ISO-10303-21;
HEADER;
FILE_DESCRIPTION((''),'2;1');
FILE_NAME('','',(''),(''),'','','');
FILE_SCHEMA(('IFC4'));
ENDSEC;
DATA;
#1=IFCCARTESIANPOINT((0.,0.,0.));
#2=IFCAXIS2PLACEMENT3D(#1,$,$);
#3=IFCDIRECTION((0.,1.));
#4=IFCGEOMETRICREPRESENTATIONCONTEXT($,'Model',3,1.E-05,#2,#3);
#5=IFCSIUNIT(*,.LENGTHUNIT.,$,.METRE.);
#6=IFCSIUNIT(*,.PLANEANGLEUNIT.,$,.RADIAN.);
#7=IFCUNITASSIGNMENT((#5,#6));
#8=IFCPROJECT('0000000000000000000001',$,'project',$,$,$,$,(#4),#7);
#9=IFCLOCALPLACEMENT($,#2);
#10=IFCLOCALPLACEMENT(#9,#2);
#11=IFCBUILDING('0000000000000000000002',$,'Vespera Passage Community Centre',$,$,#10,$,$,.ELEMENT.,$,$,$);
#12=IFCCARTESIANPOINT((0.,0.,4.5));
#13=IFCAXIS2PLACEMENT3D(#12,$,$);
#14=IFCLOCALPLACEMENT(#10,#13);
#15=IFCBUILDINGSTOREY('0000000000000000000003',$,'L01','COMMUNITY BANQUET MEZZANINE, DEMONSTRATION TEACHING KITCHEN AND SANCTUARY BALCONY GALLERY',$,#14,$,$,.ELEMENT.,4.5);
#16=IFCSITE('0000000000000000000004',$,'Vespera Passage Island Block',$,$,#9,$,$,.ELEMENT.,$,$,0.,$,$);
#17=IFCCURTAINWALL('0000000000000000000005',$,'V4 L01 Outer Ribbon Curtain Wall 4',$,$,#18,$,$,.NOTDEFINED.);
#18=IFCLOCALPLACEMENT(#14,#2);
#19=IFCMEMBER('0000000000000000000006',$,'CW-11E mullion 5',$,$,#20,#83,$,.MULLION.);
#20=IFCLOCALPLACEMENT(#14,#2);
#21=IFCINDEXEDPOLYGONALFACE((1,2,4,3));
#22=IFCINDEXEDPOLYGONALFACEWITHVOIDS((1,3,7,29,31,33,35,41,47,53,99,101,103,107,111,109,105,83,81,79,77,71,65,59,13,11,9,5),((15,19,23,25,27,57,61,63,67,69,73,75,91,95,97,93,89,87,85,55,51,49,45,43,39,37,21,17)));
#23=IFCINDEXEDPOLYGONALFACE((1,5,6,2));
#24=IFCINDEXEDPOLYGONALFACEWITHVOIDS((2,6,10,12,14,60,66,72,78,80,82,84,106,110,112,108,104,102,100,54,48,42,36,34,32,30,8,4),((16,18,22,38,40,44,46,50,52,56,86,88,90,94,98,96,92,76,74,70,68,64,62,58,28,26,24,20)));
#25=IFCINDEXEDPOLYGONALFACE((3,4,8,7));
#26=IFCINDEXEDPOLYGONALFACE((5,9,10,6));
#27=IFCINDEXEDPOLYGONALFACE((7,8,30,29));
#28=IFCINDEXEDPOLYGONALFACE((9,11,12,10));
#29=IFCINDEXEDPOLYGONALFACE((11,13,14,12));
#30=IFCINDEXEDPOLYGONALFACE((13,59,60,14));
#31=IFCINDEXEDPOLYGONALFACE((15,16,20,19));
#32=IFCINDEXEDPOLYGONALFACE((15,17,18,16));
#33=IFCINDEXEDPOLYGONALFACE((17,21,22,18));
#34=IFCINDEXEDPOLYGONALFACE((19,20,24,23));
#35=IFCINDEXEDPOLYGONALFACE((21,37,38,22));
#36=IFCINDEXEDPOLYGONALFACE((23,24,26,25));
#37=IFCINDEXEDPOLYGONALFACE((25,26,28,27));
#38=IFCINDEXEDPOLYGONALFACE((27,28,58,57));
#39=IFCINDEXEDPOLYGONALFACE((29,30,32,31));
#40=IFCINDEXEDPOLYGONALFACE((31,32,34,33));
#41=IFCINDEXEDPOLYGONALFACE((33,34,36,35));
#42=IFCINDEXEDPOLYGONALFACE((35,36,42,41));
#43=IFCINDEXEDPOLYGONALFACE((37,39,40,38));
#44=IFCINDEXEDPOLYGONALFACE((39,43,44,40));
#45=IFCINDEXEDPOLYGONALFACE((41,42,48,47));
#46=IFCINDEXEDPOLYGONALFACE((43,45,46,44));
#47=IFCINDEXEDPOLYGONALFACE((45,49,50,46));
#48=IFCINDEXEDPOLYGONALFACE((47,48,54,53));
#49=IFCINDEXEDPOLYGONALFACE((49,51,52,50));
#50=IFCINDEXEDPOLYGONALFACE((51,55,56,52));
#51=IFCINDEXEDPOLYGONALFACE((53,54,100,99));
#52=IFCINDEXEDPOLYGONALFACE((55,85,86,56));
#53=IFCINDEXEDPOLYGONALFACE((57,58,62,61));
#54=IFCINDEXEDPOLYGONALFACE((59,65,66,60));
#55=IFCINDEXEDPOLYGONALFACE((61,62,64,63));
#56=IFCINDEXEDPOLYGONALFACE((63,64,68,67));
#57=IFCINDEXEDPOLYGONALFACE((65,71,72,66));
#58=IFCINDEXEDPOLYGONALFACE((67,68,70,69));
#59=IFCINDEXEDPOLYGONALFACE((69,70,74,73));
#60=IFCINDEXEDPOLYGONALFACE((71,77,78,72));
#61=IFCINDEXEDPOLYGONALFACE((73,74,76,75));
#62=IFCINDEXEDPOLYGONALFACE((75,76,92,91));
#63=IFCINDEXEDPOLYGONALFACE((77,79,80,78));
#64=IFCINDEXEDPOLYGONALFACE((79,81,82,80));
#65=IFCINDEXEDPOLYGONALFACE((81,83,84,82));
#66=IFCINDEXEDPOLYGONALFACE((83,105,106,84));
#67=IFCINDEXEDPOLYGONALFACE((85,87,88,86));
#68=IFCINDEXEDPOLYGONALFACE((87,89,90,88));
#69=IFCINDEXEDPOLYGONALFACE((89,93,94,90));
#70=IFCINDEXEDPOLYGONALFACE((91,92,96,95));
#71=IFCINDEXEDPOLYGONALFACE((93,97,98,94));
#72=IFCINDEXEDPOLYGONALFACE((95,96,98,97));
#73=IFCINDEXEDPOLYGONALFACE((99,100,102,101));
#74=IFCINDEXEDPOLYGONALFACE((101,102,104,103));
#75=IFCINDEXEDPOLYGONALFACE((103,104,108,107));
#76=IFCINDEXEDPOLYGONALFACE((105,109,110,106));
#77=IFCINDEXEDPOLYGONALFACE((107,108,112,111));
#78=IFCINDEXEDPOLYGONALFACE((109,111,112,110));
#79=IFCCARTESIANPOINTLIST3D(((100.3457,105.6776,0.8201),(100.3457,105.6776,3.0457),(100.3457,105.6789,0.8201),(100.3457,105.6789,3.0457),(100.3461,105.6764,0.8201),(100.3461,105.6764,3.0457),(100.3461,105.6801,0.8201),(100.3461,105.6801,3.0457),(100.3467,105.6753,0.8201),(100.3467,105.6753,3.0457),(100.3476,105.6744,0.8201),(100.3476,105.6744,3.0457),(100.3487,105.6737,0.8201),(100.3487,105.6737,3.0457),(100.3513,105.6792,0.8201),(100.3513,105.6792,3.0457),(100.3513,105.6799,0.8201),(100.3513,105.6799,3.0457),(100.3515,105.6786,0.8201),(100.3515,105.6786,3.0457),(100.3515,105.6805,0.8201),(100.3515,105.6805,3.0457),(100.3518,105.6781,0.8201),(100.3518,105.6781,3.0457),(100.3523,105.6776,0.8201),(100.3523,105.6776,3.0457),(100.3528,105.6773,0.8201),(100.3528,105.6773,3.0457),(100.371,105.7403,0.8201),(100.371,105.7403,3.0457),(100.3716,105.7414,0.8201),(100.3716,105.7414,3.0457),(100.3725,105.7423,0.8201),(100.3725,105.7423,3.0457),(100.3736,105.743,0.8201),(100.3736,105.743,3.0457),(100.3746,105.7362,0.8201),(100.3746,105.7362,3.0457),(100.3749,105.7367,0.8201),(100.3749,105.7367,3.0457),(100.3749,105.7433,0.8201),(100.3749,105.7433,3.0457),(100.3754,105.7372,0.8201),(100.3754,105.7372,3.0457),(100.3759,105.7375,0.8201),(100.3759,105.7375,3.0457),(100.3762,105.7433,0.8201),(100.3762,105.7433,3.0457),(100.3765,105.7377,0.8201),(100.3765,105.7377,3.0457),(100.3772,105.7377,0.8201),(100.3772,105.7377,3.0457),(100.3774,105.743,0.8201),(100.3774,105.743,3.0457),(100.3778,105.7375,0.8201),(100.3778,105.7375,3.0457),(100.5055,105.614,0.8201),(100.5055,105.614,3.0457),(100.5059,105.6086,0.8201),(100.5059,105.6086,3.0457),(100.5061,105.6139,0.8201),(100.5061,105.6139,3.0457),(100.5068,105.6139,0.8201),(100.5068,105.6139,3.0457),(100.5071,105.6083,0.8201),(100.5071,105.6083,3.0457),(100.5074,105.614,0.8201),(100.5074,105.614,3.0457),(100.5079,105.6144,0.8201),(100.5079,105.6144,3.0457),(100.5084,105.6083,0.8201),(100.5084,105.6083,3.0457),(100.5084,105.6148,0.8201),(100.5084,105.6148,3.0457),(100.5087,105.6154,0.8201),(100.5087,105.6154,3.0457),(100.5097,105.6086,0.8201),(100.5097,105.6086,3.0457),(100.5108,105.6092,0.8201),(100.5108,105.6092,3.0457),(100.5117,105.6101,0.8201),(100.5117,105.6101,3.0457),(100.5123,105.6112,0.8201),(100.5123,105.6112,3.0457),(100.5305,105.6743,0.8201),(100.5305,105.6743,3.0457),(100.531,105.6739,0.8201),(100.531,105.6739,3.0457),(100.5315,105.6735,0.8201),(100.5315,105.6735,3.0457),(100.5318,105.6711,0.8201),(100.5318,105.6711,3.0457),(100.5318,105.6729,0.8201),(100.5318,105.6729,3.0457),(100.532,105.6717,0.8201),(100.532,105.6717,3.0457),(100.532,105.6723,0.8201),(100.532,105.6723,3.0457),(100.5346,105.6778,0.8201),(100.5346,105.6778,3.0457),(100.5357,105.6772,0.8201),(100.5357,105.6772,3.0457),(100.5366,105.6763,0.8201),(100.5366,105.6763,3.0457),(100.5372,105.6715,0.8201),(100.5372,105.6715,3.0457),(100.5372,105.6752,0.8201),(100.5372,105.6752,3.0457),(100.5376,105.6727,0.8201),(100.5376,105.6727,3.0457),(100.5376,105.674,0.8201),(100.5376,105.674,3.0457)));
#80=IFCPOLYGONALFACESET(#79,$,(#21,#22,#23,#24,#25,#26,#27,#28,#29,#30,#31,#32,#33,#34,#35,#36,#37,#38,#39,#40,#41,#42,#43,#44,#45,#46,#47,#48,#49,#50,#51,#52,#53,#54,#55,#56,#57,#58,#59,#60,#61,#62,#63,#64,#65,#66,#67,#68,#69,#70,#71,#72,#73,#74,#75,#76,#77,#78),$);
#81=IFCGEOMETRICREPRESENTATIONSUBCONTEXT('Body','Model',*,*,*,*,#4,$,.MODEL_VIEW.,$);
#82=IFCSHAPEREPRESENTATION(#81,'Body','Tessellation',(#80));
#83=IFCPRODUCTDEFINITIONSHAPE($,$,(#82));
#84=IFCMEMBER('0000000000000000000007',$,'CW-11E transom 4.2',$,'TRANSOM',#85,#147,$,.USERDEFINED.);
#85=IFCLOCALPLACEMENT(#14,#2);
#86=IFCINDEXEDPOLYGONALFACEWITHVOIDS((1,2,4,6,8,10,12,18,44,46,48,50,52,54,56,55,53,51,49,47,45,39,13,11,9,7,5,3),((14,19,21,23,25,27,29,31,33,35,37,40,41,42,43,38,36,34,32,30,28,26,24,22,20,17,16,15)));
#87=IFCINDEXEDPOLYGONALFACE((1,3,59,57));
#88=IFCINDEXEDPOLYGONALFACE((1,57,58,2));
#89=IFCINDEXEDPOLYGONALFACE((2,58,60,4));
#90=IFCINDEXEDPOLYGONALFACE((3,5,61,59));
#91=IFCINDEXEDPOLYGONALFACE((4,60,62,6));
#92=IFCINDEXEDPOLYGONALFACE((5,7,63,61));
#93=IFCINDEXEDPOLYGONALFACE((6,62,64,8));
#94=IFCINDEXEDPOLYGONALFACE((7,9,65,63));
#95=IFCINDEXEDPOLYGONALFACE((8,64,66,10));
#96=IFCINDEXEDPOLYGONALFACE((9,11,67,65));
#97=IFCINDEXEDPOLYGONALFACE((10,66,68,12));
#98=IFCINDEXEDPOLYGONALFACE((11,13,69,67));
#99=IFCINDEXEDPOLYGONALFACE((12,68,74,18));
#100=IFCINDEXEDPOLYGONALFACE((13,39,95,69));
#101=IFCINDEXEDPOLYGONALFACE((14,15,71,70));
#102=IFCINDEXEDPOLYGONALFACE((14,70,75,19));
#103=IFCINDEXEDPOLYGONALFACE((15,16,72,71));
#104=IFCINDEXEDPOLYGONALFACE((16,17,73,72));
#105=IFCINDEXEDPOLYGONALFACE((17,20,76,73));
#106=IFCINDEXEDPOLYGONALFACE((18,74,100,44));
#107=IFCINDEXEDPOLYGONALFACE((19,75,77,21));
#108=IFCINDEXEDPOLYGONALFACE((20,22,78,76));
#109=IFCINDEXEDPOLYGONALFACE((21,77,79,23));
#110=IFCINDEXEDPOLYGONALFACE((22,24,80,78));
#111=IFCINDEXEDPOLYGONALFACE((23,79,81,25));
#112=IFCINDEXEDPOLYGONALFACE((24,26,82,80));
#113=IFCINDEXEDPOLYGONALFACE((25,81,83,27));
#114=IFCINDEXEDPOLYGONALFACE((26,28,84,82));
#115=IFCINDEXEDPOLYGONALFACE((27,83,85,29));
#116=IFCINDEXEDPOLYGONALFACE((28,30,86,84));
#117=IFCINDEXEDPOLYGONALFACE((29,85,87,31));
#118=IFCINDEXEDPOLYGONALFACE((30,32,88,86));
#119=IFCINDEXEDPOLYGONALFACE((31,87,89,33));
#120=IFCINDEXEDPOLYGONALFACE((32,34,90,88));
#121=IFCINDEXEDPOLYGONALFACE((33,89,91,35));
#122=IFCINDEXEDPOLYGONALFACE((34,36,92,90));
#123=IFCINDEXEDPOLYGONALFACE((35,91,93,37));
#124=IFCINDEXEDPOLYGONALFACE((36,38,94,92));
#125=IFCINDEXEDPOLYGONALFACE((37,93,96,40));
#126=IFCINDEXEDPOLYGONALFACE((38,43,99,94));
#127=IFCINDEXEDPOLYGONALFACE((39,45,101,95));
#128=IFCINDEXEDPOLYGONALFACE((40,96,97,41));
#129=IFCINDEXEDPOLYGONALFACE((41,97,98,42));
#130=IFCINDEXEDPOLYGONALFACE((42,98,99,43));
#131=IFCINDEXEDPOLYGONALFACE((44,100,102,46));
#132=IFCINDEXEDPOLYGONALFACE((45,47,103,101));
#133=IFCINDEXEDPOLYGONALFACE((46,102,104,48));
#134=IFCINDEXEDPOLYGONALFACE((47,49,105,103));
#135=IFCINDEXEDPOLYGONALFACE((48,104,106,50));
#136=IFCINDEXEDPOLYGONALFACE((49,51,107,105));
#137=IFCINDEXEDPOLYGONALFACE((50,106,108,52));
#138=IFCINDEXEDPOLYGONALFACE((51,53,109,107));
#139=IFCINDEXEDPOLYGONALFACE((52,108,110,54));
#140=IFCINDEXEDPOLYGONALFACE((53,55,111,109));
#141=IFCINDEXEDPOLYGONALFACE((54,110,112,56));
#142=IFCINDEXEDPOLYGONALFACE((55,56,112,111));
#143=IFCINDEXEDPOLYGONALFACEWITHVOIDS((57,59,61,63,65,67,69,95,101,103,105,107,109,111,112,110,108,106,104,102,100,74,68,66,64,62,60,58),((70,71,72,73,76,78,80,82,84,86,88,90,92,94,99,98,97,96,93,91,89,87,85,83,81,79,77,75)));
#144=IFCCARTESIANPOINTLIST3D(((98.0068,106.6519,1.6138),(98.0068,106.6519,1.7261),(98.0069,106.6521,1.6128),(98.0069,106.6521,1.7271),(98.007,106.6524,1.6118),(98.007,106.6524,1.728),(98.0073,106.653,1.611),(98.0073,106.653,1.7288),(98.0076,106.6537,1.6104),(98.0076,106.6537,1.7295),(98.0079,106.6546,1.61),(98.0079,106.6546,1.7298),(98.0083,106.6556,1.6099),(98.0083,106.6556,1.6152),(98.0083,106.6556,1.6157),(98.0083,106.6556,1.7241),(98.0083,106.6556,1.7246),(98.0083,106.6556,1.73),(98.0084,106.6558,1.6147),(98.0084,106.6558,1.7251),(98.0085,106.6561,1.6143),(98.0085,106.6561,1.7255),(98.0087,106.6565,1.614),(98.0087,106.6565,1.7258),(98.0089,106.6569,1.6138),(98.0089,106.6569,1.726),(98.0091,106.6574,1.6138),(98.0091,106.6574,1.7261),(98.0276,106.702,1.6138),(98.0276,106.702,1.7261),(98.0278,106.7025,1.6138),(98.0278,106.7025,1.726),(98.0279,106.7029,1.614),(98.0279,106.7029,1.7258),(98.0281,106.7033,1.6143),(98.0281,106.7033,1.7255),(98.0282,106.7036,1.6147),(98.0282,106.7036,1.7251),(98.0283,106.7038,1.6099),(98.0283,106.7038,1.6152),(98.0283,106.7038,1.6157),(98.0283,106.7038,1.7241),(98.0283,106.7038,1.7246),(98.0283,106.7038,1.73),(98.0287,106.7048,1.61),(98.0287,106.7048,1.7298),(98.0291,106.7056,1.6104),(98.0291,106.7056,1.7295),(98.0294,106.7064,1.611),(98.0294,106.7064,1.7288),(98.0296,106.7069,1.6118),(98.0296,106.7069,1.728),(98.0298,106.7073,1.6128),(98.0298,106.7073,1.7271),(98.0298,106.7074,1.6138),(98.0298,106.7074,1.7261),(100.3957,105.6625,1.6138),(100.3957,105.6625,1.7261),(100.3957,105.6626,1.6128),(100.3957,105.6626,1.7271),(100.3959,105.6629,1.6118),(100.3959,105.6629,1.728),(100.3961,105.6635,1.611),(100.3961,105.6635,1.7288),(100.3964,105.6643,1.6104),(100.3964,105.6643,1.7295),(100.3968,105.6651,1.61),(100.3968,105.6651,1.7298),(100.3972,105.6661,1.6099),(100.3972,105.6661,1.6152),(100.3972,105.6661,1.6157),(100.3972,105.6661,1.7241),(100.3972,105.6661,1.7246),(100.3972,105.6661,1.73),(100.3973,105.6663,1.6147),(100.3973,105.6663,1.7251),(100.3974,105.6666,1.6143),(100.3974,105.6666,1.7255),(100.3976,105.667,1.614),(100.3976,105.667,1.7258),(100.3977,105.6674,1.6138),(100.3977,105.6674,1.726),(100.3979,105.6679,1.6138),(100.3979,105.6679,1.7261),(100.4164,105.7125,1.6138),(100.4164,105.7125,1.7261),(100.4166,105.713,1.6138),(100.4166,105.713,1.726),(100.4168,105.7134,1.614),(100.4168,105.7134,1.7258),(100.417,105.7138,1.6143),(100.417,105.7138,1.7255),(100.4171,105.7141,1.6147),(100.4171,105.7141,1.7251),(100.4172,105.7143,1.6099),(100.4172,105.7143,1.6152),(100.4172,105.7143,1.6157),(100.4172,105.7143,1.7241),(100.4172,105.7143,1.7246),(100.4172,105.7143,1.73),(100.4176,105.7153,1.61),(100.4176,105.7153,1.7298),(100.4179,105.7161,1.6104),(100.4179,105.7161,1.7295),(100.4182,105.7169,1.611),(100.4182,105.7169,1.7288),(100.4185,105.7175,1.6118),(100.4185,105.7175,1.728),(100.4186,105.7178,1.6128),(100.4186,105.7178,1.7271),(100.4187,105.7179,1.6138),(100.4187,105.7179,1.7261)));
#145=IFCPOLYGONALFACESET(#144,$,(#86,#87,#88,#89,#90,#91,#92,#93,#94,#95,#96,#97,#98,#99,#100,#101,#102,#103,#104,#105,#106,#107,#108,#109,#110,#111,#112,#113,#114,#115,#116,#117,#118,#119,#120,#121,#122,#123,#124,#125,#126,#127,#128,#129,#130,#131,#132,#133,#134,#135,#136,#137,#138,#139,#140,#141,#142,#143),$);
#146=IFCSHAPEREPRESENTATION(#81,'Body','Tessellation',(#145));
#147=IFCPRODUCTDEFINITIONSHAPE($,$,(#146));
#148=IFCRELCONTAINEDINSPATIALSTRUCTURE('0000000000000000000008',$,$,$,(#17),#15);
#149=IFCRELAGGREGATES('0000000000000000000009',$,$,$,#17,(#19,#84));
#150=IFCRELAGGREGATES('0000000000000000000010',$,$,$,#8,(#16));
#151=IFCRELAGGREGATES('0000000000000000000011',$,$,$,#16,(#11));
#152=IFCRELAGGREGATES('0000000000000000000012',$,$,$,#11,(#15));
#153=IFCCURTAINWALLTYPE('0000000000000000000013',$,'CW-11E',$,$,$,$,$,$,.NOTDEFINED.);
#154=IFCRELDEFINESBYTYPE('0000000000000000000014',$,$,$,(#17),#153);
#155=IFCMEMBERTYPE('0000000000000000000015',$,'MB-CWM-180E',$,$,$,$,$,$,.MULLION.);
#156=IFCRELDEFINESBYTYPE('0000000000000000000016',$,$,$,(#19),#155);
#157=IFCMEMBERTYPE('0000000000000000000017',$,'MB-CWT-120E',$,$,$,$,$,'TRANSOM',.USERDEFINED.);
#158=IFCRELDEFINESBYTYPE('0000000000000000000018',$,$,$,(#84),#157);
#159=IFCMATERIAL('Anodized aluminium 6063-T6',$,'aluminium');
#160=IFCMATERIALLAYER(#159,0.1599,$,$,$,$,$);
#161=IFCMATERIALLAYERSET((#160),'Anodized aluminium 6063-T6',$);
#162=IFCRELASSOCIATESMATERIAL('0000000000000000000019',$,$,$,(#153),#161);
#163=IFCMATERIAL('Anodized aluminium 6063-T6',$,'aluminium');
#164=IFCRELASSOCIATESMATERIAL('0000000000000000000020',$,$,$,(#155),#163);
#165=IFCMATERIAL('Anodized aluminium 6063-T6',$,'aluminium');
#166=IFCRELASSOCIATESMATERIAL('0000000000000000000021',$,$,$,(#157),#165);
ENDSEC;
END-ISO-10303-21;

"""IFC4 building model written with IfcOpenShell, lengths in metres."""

from ifc_helpers import new_model, si_unit, direction, frame, origin, origin_2d, place, context, subcontext, project, spatial, hollow_rectangle, extrude, material, layer, layer_set, material_profile, profile_set, type_object, element, aggregate, save


model = new_model("IFC4")

# Units and contexts
model_context = context("Model", 3, precision=1e-05, world=origin(), true_north=direction((0.0, 1.0)))
body_context = subcontext(model_context, "Body", "Model", "MODEL_VIEW")
ifc_project = project(units=[si_unit("LENGTHUNIT", "METRE"), si_unit("PLANEANGLEUNIT", "RADIAN")], contexts=[model_context])

# Site, building, storey
site_placement = place(None, origin())
site = spatial("IfcSite", under=ifc_project, at=site_placement, Name="Vespera Passage Island Block", CompositionType="ELEMENT", RefElevation=0.0)
building_placement = place(site_placement, origin())
building = spatial("IfcBuilding", under=site, at=building_placement, Name="Vespera Passage Community Centre", CompositionType="ELEMENT")
storey_placement = place(building_placement, frame((0.0, 0.0, 4.5)))
storey = spatial("IfcBuildingStorey", under=building, at=storey_placement, Name="L01", Description="COMMUNITY BANQUET MEZZANINE, DEMONSTRATION TEACHING KITCHEN AND SANCTUARY BALCONY GALLERY", CompositionType="ELEMENT", Elevation=4.5)

# Curtain wall, members
ifc_material_1 = material(Name="Anodized aluminium 6063-T6", Category="aluminium")
ifc_layer_1 = layer(ifc_material_1, 0.1599)
ifc_layer_set_1 = layer_set([ifc_layer_1], Name="Anodized aluminium 6063-T6")
curtain_wall_type = type_object("IfcCurtainWallType", Name="CW-11E", PredefinedType="NOTDEFINED", material=ifc_layer_set_1)
curtain_wall_placement = place(storey_placement, origin())
curtain_wall = element("IfcCurtainWall", 1, at=curtain_wall_placement, inside=storey, type_object=curtain_wall_type, Name="V4 L01 Outer Ribbon Curtain Wall 4", PredefinedType="NOTDEFINED")
ifc_material_2 = material(Name="Anodized aluminium 6063-T6", Category="aluminium")
ifc_material_profile_1 = material_profile(ifc_material_2, hollow_rectangle(XDim=0.075, YDim=0.1799, WallThickness=0.0049, InnerFilletRadius=0.0024, OuterFilletRadius=0.0049, at=origin_2d()), Name="ALU180X75X5")
ifc_profile_set_1 = profile_set([ifc_material_profile_1], Name="Anodized aluminium 6063-T6")
member_type_1 = type_object("IfcMemberType", Name="MB-CWM-180E", PredefinedType="MULLION", material=ifc_profile_set_1)
member_1_placement = place(storey_placement, frame((100.4417, 105.6758, 0.8201), z_axis=(0.0, 0.0, 1.0), x_axis=(0.382683, 0.92388, 0.0)))
member_1 = element("IfcMember", 2, at=member_1_placement, type_object=member_type_1, Name="CW-11E mullion 5", PredefinedType="MULLION", context=body_context, shape_type="SweptSolid", body=[
    extrude(hollow_rectangle(XDim=0.075, YDim=0.1799, WallThickness=0.0049, InnerFilletRadius=0.0024, OuterFilletRadius=0.0049, at=origin_2d()), origin(), (0.0, 0.0, 1.0), 2.2256),
])
ifc_material_3 = material(Name="Anodized aluminium 6063-T6", Category="aluminium")
ifc_material_profile_2 = material_profile(ifc_material_3, hollow_rectangle(XDim=0.0601, YDim=0.1201, WallThickness=0.0039, InnerFilletRadius=0.002, OuterFilletRadius=0.0039, at=origin_2d()), Name="ALU120X60X4")
ifc_profile_set_2 = profile_set([ifc_material_profile_2], Name="Anodized aluminium 6063-T6")
member_type_2 = type_object("IfcMemberType", Name="MB-CWT-120E", ElementType="TRANSOM", PredefinedType="USERDEFINED", material=ifc_profile_set_2)
member_2_placement = place(storey_placement, frame((98.0183, 106.6797, 1.6699), z_axis=(0.923882, -0.382677, 0.0), x_axis=(0.382677, 0.923882, 0.0)))
member_2 = element("IfcMember", 3, at=member_2_placement, type_object=member_type_2, Name="CW-11E transom 4.2", ObjectType="TRANSOM", PredefinedType="USERDEFINED", context=body_context, shape_type="SweptSolid", body=[
    extrude(hollow_rectangle(XDim=0.0601, YDim=0.1201, WallThickness=0.0039, InnerFilletRadius=0.002, OuterFilletRadius=0.0039, at=origin_2d()), origin(), (0.0, 0.0, 1.0), 2.5857),
])

aggregate(curtain_wall, [member_1, member_2])

save(model, "model.ifc")
